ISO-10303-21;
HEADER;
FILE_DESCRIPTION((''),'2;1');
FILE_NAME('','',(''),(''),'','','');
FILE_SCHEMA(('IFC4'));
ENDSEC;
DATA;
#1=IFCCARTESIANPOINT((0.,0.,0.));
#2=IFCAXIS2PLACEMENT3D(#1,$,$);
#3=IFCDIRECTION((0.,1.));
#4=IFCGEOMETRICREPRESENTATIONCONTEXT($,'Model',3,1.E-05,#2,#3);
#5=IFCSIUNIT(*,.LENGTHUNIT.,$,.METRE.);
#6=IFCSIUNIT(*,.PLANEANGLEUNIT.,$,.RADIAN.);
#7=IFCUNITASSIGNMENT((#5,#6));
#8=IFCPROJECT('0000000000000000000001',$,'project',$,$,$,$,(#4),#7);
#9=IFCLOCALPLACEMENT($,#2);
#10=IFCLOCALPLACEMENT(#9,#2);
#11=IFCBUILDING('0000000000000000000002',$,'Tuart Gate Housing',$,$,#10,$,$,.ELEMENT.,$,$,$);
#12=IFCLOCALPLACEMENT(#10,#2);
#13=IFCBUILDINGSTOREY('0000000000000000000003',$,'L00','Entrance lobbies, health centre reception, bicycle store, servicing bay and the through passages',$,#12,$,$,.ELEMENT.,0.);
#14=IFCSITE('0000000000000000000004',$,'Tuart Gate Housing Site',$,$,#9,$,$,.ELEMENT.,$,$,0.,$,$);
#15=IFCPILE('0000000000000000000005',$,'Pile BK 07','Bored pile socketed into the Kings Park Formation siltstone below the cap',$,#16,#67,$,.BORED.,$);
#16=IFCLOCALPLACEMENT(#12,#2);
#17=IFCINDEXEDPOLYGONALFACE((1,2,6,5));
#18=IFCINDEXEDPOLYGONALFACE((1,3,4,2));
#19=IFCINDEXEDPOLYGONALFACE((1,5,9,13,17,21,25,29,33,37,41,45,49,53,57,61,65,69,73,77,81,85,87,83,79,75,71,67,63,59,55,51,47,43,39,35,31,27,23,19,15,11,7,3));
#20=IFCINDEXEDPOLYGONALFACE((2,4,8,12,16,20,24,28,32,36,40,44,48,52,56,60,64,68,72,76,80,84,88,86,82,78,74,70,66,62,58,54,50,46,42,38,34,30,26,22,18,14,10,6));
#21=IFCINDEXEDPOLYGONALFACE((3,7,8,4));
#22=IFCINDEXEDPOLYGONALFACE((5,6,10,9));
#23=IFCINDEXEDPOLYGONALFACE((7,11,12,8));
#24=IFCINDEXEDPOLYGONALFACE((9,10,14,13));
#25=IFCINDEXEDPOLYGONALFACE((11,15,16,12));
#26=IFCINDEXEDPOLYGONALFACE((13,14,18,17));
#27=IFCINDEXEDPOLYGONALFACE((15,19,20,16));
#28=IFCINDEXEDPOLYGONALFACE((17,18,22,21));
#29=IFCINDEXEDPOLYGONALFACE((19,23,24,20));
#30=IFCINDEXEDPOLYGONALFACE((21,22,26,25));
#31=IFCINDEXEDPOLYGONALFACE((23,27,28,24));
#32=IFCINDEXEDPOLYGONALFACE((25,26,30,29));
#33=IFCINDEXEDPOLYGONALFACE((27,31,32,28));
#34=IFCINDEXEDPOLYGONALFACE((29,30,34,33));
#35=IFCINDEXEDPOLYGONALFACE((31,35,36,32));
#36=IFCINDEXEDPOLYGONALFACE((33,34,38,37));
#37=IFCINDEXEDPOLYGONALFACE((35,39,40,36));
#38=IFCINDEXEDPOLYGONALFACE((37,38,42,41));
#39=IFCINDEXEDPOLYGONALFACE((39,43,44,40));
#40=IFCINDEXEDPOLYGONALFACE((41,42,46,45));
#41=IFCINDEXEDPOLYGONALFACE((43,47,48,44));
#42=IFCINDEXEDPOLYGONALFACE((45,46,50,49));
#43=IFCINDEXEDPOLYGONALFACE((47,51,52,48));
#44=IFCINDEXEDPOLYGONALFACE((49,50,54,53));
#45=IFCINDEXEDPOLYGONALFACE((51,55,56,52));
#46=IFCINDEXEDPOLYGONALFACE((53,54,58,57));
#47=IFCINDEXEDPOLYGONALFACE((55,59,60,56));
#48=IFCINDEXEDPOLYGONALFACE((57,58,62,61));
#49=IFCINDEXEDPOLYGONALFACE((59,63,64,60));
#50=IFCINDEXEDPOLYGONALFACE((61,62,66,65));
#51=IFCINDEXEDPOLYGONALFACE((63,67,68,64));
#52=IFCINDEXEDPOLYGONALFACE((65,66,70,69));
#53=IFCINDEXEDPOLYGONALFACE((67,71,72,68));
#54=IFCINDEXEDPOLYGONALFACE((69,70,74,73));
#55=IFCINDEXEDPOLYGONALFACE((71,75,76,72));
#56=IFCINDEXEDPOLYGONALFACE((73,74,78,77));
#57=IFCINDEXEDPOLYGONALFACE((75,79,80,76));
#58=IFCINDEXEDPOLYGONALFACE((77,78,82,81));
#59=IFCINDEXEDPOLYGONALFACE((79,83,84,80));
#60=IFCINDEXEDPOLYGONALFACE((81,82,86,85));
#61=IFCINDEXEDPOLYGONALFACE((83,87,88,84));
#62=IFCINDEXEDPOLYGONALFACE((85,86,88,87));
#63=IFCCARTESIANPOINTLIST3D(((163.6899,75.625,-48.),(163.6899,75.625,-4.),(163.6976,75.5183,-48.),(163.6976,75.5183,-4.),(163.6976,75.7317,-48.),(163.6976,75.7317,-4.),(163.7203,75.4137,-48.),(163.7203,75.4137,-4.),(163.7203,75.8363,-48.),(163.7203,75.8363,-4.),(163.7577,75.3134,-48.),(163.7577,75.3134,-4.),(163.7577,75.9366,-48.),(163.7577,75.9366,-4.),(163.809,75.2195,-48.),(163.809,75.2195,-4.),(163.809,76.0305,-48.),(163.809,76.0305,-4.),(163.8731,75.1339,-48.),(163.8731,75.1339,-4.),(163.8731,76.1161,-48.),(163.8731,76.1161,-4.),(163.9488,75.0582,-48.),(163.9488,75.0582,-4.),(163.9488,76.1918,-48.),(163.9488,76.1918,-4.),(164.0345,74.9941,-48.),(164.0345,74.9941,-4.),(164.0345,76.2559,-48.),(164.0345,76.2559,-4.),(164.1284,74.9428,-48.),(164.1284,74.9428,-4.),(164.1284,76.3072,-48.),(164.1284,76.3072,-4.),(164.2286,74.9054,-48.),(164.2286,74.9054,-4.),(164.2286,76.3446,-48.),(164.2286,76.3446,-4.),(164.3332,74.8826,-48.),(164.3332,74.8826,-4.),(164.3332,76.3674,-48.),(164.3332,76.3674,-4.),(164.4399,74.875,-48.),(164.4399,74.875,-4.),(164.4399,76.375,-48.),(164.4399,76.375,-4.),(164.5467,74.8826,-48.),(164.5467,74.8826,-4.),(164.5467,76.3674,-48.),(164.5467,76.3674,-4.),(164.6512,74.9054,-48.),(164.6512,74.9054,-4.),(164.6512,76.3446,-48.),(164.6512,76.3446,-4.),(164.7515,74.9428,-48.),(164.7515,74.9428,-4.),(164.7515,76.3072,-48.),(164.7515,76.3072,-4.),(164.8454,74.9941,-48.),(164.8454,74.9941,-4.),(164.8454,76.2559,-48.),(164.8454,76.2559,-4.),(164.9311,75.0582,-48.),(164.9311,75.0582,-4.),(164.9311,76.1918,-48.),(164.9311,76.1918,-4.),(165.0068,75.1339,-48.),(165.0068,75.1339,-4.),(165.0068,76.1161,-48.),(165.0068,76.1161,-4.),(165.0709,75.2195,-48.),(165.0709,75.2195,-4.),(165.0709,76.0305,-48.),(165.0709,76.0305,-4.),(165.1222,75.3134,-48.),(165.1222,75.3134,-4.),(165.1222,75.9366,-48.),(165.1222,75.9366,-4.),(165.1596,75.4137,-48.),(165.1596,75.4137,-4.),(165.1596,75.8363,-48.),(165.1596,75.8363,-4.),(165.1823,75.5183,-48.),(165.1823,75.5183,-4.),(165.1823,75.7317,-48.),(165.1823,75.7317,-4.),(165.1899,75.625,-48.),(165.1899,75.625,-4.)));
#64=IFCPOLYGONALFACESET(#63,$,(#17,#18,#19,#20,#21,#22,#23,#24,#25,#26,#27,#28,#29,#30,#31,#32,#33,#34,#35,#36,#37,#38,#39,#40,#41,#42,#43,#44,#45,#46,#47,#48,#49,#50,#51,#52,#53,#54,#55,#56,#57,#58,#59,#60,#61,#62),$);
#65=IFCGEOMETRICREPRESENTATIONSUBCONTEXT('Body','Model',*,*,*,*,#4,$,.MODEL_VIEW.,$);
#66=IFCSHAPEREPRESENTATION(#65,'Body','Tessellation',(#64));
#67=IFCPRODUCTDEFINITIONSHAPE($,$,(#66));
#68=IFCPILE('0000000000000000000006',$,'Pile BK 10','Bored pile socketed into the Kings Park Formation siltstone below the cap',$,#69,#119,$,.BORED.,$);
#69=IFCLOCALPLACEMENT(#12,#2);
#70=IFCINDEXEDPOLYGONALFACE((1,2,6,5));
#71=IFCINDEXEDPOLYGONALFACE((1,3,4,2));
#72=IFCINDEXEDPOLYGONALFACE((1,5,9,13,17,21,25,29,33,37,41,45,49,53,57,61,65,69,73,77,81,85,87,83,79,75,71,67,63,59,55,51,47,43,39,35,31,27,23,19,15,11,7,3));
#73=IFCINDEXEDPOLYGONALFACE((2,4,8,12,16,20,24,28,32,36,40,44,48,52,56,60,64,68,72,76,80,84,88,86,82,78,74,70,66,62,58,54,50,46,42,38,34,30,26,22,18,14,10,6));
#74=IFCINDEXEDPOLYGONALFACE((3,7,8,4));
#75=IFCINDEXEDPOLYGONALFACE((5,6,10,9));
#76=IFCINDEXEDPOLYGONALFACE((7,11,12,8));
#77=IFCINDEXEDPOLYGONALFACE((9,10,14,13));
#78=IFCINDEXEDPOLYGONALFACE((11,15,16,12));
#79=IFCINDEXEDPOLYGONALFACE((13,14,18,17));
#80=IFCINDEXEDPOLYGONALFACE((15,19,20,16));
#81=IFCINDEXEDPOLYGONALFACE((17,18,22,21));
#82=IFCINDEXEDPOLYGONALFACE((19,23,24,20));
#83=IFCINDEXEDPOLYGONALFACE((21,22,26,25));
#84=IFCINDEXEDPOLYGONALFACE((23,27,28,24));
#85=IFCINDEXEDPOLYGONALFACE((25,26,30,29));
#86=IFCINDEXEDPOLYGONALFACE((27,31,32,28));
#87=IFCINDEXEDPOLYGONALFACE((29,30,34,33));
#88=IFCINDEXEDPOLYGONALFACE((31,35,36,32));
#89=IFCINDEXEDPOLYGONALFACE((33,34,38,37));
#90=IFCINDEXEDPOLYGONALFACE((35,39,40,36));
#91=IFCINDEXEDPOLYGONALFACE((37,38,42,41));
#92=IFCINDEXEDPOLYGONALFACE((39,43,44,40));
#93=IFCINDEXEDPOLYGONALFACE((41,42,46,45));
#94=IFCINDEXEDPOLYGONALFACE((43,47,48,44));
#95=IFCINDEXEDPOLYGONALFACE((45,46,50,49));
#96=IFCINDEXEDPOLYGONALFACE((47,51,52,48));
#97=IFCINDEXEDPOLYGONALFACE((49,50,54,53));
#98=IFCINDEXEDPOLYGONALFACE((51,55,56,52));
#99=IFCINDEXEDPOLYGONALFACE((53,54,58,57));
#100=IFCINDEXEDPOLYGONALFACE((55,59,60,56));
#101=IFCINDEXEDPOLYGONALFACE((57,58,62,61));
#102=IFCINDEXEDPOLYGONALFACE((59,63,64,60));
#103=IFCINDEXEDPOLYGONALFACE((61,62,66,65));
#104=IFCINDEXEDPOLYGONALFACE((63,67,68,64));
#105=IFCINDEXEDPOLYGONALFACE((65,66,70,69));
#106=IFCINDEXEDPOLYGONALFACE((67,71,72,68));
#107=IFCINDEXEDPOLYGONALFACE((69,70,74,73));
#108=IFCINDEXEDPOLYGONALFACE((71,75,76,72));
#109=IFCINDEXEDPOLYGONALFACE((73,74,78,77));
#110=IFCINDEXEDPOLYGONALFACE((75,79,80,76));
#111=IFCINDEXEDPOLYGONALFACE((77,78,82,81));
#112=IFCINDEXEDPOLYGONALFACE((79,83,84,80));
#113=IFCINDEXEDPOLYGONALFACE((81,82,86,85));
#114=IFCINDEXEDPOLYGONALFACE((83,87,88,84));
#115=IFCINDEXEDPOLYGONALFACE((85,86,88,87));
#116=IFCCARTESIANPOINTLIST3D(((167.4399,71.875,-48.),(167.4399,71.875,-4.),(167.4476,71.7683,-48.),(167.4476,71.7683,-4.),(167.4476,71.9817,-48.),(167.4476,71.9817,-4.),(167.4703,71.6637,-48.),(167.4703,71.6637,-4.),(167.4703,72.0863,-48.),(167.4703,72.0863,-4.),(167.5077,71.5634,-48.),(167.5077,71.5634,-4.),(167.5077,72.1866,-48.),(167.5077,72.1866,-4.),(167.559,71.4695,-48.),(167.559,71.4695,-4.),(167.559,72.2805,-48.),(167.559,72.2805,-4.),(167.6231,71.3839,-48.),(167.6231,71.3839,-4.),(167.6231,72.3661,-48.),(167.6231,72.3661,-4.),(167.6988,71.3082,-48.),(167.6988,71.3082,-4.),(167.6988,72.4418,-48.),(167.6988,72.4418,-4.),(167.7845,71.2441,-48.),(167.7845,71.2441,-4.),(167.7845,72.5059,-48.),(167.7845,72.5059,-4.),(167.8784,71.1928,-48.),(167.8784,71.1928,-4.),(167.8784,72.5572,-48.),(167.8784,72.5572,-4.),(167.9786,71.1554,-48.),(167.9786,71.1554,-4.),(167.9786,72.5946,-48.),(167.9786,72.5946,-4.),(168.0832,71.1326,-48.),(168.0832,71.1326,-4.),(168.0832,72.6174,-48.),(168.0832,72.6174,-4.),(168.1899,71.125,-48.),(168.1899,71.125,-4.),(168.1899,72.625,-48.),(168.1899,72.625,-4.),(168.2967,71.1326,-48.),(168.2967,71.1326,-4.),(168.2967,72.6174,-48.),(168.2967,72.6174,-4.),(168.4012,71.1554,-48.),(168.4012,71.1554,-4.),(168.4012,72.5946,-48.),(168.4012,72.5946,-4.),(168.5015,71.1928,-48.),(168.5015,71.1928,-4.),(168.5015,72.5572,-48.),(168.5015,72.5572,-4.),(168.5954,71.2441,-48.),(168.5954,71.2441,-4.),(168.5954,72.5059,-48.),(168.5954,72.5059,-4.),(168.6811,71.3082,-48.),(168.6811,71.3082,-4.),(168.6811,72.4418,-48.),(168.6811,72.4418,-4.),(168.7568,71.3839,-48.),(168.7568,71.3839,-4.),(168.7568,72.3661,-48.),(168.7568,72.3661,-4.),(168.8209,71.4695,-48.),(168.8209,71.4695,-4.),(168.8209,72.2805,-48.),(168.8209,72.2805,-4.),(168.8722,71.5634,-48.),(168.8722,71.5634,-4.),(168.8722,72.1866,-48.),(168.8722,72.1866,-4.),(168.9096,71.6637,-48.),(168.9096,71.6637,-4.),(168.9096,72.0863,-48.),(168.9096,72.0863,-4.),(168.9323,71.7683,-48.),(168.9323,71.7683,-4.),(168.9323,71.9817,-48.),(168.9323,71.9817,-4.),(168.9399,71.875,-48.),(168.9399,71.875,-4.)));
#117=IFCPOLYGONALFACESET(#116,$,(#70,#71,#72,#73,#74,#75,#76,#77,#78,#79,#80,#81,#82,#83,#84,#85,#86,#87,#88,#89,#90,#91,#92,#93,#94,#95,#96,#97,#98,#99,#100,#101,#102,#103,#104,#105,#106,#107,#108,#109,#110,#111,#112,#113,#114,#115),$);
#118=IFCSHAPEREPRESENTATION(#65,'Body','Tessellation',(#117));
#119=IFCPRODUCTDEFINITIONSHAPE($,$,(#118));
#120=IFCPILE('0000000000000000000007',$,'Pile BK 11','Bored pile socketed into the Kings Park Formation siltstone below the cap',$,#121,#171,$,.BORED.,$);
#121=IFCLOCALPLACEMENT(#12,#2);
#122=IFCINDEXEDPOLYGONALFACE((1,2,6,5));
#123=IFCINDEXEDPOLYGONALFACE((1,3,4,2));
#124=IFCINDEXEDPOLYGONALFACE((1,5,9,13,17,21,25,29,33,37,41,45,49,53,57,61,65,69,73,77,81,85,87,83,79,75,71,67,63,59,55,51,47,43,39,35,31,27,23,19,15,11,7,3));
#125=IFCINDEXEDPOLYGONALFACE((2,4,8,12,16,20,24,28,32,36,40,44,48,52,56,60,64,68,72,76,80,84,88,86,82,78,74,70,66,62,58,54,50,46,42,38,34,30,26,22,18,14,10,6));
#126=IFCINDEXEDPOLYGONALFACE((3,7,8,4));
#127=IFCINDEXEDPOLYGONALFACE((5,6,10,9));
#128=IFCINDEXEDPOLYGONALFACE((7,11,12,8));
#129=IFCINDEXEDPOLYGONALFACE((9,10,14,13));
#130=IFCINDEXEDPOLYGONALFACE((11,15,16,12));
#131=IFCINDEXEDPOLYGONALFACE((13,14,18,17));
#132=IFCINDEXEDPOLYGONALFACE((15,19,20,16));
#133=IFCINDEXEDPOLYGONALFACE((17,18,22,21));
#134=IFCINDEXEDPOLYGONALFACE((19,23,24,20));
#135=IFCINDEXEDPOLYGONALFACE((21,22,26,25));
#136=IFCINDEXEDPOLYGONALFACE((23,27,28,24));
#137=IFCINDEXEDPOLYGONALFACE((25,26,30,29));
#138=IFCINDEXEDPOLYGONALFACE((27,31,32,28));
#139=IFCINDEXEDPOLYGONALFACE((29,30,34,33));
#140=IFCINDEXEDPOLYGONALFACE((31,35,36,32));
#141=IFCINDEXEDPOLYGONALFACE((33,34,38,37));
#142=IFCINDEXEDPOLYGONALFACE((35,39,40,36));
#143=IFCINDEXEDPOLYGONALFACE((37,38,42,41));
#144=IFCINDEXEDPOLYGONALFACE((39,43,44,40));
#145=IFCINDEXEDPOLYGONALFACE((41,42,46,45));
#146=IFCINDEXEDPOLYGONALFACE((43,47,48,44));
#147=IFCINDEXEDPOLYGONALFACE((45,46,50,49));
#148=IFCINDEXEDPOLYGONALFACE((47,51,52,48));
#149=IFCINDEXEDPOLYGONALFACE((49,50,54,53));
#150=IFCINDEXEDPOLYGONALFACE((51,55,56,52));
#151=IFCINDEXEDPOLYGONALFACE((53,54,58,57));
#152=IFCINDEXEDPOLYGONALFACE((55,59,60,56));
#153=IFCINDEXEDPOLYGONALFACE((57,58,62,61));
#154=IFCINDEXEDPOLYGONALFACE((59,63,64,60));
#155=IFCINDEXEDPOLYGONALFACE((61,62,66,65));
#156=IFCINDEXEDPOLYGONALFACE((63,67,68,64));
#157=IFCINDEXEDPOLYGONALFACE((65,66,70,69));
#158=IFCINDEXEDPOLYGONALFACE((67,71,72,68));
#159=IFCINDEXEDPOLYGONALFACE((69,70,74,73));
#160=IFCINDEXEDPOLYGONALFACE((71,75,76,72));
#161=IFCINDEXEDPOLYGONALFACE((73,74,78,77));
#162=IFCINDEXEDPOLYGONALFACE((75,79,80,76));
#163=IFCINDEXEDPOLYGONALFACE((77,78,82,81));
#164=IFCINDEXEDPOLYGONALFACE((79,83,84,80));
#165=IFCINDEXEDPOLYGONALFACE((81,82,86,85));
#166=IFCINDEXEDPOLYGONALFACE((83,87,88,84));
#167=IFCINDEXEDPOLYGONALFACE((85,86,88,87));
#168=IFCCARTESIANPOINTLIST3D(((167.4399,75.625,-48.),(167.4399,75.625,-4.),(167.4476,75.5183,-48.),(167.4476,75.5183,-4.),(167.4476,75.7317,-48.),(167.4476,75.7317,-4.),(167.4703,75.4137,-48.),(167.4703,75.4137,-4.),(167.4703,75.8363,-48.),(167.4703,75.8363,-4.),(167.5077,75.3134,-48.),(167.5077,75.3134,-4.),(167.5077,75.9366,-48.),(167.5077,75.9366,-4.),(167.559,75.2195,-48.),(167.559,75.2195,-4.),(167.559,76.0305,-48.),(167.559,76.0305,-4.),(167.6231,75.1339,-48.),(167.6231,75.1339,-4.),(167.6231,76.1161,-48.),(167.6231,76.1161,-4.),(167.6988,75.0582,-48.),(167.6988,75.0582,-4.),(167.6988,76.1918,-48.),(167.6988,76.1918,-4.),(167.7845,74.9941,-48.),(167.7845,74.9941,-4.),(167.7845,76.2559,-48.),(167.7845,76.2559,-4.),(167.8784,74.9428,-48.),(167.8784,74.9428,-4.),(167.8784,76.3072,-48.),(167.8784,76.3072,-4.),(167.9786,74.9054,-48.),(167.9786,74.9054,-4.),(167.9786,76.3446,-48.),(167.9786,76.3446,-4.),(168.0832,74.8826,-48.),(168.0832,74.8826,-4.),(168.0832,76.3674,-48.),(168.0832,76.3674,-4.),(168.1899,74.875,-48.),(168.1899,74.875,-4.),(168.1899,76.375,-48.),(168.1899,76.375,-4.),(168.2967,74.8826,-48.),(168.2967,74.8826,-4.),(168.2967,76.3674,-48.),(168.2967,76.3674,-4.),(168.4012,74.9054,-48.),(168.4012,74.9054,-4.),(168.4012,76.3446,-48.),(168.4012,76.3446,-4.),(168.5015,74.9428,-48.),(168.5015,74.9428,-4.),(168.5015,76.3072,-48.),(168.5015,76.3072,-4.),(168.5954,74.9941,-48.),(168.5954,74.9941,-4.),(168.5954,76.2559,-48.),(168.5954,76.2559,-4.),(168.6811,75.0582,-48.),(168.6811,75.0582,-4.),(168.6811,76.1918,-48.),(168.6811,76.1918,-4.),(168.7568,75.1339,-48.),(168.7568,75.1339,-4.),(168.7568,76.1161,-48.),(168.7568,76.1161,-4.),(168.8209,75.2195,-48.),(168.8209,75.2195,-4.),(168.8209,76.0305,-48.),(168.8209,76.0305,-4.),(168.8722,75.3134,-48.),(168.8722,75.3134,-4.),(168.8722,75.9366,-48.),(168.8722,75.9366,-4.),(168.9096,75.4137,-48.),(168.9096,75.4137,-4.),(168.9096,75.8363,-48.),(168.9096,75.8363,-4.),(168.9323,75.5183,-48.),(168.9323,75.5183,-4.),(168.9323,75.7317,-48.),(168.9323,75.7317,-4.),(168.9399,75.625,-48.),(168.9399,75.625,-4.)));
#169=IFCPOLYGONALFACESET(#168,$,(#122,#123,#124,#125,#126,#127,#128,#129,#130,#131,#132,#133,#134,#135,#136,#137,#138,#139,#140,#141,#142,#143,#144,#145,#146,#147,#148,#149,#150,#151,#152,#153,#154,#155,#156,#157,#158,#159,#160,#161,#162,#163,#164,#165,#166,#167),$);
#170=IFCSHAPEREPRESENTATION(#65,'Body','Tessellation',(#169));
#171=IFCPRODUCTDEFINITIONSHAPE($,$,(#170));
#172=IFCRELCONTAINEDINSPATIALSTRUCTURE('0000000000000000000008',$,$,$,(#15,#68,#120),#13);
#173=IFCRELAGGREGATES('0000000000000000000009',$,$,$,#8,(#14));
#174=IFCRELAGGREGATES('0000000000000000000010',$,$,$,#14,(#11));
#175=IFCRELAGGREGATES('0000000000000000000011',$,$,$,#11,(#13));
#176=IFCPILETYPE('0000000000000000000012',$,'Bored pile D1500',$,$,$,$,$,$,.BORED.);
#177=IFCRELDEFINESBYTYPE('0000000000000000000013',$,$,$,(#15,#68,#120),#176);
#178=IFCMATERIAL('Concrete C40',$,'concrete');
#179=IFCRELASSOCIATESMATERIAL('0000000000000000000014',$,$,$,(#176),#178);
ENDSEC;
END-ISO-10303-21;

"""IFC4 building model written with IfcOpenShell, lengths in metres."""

from ifc_helpers import new_model, si_unit, direction, frame, origin, origin_2d, place, context, subcontext, project, spatial, circle, extrude, material, material_profile, profile_set, type_object, element, save


model = new_model("IFC4")

# Units and contexts
model_context = context("Model", 3, precision=1e-05, world=origin(), true_north=direction((0.0, 1.0)))
body_context = subcontext(model_context, "Body", "Model", "MODEL_VIEW")
ifc_project = project(units=[si_unit("LENGTHUNIT", "METRE"), si_unit("PLANEANGLEUNIT", "RADIAN")], contexts=[model_context])

# Site, building, storey
site_placement = place(None, origin())
site = spatial("IfcSite", under=ifc_project, at=site_placement, Name="Tuart Gate Housing Site", CompositionType="ELEMENT", RefElevation=0.0)
building_placement = place(site_placement, origin())
building = spatial("IfcBuilding", under=site, at=building_placement, Name="Tuart Gate Housing", CompositionType="ELEMENT")
storey_placement = place(building_placement, origin())
storey = spatial("IfcBuildingStorey", under=building, at=storey_placement, Name="L00", Description="Entrance lobbies, health centre reception, bicycle store, servicing bay and the through passages", CompositionType="ELEMENT", Elevation=0.0)

# Piles
ifc_material_1 = material(Name="Concrete C40", Category="concrete")
ifc_material_profile_1 = material_profile(ifc_material_1, circle(Radius=0.75, at=origin_2d()), Name="Bored pile D1500")
ifc_profile_set_1 = profile_set([ifc_material_profile_1], Name="Concrete C40")
pile_type_1 = type_object("IfcPileType", Name="Bored pile D1500", PredefinedType="BORED", material=ifc_profile_set_1)
for number, where, z_axis, x_axis, name in (
    (1, (164.4399, 75.625, -4.0), (0.0, 0.0, -1.0), (1.0, 0.0, 0.0), "Pile BK 07"),
    (2, (168.1899, 71.875, -4.0), (0.0, 0.0, -1.0), (1.0, 0.0, 0.0), "Pile BK 10"),
    (3, (168.1899, 75.625, -4.0), (0.0, 0.0, -1.0), (1.0, 0.0, 0.0), "Pile BK 11"),
):
    element("IfcPile", number, at=place(storey_placement, frame(where, z_axis=z_axis, x_axis=x_axis)), inside=storey, type_object=pile_type_1, Name=name, Description="Bored pile socketed into the Kings Park Formation siltstone below the cap", PredefinedType="BORED", context=body_context, shape_type="SweptSolid", body=[
        extrude(circle(Radius=0.75, at=origin_2d()), origin(), (0.0, 0.0, 1.0), 44.0),
    ])

save(model, "model.ifc")
